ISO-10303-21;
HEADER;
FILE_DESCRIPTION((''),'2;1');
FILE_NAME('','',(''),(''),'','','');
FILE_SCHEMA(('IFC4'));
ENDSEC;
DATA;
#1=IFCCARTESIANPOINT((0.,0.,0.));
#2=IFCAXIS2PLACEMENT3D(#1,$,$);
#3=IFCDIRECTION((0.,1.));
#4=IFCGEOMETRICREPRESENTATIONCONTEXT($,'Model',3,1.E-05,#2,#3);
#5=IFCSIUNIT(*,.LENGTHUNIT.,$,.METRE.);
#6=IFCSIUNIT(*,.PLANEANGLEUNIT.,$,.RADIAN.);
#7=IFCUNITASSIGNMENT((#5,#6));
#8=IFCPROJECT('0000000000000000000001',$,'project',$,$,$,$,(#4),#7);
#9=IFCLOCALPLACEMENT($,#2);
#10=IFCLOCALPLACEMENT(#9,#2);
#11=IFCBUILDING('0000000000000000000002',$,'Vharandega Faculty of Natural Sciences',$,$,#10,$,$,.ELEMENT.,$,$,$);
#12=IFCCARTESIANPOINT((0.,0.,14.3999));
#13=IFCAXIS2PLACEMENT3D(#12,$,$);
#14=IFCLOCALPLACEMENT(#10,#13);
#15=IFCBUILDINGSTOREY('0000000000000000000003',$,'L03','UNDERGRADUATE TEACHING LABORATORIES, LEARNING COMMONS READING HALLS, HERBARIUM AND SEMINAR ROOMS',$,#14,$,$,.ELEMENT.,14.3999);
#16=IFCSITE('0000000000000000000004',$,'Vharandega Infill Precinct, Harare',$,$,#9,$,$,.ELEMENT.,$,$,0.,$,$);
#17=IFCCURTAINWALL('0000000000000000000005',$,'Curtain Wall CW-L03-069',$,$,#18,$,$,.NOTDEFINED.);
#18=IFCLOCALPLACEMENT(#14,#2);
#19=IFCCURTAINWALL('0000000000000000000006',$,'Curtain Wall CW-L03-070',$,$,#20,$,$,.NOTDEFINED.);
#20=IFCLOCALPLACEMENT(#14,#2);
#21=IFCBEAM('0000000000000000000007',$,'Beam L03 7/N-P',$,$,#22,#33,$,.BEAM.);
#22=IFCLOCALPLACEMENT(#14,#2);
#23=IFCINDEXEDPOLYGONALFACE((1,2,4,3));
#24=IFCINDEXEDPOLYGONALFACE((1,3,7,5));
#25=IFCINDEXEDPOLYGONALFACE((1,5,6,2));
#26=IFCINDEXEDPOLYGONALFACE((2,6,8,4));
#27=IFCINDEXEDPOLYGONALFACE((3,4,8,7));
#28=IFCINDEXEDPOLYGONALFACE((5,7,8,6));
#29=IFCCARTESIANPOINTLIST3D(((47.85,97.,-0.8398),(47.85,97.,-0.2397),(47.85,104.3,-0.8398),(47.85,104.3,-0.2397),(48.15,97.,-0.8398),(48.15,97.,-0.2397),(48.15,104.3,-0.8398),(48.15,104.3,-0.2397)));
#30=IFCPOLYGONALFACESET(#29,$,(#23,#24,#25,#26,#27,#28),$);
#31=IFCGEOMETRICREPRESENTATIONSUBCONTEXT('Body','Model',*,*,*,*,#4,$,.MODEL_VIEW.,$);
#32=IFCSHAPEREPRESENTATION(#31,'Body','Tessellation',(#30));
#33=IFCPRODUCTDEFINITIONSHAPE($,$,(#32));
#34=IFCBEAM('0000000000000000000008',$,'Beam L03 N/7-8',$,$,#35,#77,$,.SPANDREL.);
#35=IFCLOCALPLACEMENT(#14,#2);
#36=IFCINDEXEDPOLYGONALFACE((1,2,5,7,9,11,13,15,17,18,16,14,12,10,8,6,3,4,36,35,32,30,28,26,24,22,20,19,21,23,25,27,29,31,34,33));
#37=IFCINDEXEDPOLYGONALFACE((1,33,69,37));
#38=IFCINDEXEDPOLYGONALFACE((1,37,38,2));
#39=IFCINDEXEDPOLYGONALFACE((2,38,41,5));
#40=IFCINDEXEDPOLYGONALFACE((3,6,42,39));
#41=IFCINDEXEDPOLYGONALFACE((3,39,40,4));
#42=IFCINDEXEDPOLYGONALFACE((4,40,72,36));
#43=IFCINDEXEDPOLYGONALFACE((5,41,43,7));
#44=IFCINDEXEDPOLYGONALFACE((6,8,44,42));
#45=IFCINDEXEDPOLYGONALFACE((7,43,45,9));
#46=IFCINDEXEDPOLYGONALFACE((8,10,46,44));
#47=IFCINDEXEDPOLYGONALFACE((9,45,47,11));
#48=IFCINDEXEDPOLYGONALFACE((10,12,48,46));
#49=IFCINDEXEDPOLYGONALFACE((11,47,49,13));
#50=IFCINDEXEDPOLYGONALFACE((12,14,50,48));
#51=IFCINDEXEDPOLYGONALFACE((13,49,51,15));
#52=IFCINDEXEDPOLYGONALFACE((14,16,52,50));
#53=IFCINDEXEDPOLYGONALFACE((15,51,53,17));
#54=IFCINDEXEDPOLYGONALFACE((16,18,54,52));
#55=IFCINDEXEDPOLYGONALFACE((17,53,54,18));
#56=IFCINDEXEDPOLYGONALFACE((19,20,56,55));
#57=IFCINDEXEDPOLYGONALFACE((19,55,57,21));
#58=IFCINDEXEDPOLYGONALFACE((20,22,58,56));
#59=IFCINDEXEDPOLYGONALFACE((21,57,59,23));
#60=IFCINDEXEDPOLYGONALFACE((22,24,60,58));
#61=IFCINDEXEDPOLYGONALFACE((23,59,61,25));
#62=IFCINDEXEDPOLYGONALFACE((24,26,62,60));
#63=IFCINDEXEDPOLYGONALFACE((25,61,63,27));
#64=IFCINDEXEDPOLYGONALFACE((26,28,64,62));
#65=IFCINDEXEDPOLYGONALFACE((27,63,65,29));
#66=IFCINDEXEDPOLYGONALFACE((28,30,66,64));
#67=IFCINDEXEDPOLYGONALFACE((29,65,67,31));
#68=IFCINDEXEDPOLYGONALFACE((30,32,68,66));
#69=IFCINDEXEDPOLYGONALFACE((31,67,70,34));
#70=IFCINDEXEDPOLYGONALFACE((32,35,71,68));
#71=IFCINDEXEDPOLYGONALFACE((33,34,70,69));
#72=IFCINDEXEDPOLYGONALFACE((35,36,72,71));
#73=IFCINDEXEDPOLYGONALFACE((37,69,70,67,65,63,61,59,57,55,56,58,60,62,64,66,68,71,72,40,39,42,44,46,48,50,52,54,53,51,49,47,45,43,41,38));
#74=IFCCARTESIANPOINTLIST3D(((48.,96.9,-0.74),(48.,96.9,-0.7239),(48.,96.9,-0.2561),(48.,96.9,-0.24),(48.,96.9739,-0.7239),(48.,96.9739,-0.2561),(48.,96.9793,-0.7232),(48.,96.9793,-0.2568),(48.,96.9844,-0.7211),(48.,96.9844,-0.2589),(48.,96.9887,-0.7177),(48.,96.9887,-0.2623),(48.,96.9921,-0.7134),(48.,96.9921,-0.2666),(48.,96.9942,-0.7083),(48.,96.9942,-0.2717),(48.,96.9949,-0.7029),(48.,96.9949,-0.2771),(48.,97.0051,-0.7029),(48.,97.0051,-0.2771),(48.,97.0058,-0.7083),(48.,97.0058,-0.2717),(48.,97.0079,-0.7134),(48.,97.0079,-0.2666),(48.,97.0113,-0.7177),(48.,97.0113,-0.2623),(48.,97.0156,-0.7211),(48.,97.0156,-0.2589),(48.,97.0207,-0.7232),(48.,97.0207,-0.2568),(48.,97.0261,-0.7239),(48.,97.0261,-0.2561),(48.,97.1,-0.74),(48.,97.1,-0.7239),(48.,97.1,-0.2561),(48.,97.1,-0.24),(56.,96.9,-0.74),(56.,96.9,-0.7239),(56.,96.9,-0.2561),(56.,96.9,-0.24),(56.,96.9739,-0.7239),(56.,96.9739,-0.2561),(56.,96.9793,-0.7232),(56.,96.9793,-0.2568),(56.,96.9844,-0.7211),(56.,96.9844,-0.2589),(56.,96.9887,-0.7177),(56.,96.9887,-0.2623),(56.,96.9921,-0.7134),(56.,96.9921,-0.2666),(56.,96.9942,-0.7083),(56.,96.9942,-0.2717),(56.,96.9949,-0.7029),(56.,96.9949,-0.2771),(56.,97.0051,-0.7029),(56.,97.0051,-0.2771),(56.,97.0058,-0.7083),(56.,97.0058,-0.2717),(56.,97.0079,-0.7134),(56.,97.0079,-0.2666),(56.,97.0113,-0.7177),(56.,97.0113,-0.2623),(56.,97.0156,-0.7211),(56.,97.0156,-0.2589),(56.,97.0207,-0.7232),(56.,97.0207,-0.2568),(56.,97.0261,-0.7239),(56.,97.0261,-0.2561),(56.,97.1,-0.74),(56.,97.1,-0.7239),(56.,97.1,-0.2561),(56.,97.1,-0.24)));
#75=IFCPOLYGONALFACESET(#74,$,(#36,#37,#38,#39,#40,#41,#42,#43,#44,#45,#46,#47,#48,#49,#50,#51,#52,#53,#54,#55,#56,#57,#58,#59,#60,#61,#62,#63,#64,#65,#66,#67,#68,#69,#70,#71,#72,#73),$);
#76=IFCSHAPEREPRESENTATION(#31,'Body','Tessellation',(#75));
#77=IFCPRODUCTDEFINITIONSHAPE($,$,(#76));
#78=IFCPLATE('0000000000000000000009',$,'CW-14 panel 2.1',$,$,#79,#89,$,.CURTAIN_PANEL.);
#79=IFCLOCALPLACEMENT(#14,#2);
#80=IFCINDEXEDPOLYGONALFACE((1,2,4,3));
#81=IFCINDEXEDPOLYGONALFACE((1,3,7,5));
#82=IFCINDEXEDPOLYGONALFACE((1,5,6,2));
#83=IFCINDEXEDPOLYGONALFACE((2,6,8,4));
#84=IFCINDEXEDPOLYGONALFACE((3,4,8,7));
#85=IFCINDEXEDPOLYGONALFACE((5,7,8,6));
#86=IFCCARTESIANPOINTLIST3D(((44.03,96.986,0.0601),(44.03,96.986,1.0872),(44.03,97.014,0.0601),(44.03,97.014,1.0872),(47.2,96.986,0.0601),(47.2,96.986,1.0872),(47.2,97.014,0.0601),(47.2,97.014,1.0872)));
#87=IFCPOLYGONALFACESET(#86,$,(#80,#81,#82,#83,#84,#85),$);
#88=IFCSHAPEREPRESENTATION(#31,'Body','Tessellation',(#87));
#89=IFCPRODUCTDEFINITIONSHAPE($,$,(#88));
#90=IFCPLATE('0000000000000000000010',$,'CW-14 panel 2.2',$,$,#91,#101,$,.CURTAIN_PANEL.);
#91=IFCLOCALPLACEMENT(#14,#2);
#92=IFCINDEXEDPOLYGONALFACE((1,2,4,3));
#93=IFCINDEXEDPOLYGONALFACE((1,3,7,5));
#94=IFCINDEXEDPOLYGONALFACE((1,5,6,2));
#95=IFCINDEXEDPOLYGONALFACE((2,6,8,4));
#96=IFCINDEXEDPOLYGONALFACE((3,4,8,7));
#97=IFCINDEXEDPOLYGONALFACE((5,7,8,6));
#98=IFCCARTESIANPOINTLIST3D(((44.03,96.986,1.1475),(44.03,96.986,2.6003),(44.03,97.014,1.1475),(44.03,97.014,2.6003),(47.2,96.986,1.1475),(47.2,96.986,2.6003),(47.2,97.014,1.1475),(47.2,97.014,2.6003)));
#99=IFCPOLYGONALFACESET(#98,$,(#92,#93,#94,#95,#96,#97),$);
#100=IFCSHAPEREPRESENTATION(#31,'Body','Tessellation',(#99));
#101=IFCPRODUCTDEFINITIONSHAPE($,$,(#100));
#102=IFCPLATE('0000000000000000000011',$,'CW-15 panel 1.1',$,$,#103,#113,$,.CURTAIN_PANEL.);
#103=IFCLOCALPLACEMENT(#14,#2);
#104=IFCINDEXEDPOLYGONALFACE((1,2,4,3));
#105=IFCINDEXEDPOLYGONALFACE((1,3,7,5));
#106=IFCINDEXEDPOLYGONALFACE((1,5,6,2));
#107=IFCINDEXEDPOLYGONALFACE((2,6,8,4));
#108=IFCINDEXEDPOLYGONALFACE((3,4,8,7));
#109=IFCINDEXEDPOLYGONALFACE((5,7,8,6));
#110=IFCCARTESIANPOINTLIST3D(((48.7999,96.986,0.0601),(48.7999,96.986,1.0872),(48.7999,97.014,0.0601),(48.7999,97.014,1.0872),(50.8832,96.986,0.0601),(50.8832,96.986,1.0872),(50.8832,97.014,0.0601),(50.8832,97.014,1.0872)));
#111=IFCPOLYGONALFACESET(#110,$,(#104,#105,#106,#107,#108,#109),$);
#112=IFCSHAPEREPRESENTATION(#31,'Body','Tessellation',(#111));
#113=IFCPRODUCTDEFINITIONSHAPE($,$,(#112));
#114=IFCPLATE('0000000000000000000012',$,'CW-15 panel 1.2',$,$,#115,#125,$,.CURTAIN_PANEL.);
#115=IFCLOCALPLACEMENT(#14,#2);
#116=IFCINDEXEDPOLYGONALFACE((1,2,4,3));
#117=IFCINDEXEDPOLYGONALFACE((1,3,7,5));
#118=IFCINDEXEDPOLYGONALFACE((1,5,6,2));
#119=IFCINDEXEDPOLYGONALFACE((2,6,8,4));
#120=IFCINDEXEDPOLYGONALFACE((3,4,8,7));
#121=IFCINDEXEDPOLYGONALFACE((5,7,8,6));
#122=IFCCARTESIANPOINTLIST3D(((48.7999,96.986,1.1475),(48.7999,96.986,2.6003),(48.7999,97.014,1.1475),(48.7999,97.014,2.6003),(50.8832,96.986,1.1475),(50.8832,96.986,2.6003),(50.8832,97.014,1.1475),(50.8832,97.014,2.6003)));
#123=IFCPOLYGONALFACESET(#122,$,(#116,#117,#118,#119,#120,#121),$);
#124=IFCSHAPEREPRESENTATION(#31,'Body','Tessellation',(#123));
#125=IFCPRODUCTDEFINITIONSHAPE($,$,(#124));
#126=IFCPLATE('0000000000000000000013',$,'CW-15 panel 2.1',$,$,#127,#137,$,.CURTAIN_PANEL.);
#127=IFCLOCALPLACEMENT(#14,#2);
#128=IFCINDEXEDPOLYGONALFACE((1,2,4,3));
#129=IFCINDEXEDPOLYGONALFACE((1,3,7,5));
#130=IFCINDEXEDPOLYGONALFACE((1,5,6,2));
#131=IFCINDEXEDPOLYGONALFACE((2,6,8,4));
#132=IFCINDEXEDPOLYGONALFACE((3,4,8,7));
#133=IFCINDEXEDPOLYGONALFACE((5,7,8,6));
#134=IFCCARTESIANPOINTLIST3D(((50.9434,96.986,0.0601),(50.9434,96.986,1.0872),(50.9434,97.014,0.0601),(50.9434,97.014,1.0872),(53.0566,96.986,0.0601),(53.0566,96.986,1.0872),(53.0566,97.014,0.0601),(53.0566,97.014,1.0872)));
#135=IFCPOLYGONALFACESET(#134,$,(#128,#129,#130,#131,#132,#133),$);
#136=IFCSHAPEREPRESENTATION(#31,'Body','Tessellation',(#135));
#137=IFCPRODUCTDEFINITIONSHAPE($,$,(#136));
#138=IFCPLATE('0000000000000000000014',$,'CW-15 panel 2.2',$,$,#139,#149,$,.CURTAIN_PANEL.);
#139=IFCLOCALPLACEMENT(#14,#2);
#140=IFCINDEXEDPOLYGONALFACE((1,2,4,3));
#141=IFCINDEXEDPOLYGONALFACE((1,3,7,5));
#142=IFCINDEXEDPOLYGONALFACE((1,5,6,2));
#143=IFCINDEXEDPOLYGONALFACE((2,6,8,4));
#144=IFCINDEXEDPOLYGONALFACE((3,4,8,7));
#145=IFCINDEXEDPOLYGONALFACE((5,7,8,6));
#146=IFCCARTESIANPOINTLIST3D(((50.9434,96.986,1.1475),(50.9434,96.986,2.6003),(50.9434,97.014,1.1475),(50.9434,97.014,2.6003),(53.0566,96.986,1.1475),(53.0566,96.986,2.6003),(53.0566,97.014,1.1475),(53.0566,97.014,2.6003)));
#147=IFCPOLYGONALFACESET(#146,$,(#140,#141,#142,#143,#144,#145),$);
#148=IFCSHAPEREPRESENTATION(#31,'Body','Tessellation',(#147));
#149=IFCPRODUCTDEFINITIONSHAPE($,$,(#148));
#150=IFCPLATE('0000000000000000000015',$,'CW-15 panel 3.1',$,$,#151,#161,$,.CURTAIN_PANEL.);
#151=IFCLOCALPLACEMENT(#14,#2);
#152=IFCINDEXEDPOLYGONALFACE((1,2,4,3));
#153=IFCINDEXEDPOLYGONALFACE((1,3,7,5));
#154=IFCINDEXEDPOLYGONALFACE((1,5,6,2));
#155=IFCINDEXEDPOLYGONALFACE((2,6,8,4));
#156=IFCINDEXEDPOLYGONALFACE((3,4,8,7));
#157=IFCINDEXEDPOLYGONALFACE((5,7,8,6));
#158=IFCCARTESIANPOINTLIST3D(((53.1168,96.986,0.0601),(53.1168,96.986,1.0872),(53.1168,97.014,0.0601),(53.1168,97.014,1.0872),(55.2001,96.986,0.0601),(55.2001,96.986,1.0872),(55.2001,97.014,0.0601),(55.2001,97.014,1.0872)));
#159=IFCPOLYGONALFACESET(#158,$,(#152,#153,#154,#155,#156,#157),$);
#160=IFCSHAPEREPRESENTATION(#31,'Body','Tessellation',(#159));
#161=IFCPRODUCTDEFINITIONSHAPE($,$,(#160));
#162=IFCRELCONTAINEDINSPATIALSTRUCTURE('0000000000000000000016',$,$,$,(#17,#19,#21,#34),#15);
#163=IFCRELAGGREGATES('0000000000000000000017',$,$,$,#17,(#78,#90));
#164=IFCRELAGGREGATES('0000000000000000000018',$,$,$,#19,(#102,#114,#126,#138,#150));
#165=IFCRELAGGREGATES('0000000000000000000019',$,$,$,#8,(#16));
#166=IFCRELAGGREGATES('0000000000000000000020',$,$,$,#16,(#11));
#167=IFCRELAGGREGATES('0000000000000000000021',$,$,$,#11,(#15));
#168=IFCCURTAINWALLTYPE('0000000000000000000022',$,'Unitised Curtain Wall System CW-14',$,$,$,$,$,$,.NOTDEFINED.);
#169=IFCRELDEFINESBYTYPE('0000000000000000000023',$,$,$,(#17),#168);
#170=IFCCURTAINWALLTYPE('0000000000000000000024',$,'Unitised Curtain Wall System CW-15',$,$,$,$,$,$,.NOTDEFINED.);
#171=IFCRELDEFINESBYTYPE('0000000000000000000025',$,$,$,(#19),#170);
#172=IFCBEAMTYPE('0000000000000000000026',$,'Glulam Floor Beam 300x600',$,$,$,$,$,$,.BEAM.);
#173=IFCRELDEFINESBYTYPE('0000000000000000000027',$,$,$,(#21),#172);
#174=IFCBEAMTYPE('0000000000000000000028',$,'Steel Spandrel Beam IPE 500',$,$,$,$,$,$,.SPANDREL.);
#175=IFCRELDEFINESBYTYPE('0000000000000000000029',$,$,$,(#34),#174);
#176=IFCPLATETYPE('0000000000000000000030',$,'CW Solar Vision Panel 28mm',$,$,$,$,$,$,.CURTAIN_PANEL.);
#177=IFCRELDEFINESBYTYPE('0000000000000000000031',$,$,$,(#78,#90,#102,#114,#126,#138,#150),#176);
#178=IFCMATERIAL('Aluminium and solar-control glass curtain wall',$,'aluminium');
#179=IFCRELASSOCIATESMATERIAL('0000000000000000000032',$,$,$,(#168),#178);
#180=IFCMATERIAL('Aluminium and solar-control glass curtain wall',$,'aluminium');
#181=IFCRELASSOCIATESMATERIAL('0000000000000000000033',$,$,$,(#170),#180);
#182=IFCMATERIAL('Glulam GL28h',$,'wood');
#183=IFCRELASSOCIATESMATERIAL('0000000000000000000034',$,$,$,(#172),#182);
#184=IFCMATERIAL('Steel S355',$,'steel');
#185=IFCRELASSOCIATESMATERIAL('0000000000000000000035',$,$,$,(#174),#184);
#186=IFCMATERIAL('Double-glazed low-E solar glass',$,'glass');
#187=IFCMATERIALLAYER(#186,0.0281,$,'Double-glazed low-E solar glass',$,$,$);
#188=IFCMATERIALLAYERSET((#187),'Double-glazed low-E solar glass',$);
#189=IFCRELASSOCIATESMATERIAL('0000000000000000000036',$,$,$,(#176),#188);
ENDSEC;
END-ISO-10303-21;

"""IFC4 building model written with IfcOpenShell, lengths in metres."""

from ifc_helpers import new_model, si_unit, direction, frame, origin, origin_2d, place, context, subcontext, project, spatial, rectangle, i_section, extrude, material, layer, layer_set, material_profile, profile_set, type_object, element, aggregate, save


model = new_model("IFC4")

# Units and contexts
model_context = context("Model", 3, precision=1e-05, world=origin(), true_north=direction((0.0, 1.0)))
body_context = subcontext(model_context, "Body", "Model", "MODEL_VIEW")
ifc_project = project(units=[si_unit("LENGTHUNIT", "METRE"), si_unit("PLANEANGLEUNIT", "RADIAN")], contexts=[model_context])

# Site, building, storey
site_placement = place(None, origin())
site = spatial("IfcSite", under=ifc_project, at=site_placement, Name="Vharandega Infill Precinct, Harare", CompositionType="ELEMENT", RefElevation=0.0)
building_placement = place(site_placement, origin())
building = spatial("IfcBuilding", under=site, at=building_placement, Name="Vharandega Faculty of Natural Sciences", CompositionType="ELEMENT")
storey_placement = place(building_placement, frame((0.0, 0.0, 14.3999)))
storey = spatial("IfcBuildingStorey", under=building, at=storey_placement, Name="L03", Description="UNDERGRADUATE TEACHING LABORATORIES, LEARNING COMMONS READING HALLS, HERBARIUM AND SEMINAR ROOMS", CompositionType="ELEMENT", Elevation=14.3999)

# Curtain wall
ifc_material_1 = material(Name="Aluminium and solar-control glass curtain wall", Category="aluminium")
curtain_wall_type_1 = type_object("IfcCurtainWallType", Name="Unitised Curtain Wall System CW-14", PredefinedType="NOTDEFINED", material=ifc_material_1)
curtain_wall_1_placement = place(storey_placement, origin())
curtain_wall_1 = element("IfcCurtainWall", 1, at=curtain_wall_1_placement, inside=storey, type_object=curtain_wall_type_1, Name="Curtain Wall CW-L03-069", PredefinedType="NOTDEFINED")

# Curtain wall
ifc_material_2 = material(Name="Aluminium and solar-control glass curtain wall", Category="aluminium")
curtain_wall_type_2 = type_object("IfcCurtainWallType", Name="Unitised Curtain Wall System CW-15", PredefinedType="NOTDEFINED", material=ifc_material_2)
curtain_wall_2_placement = place(storey_placement, origin())
curtain_wall_2 = element("IfcCurtainWall", 2, at=curtain_wall_2_placement, inside=storey, type_object=curtain_wall_type_2, Name="Curtain Wall CW-L03-070", PredefinedType="NOTDEFINED")

# Beams
ifc_material_3 = material(Name="Glulam GL28h", Category="wood")
ifc_material_profile_1 = material_profile(ifc_material_3, rectangle(XDim=0.3, YDim=0.6001, at=origin_2d()), Name="GL28h 300x600")
ifc_profile_set_1 = profile_set([ifc_material_profile_1], Name="Glulam GL28h")
beam_type_1 = type_object("IfcBeamType", Name="Glulam Floor Beam 300x600", PredefinedType="BEAM", material=ifc_profile_set_1)
beam_1_placement = place(storey_placement, frame((48.0, 97.0, -0.5398), z_axis=(0.0, 1.0, 0.0), x_axis=(-1.0, 0.0, 0.0)))
element("IfcBeam", 3, at=beam_1_placement, inside=storey, type_object=beam_type_1, Name="Beam L03 7/N-P", PredefinedType="BEAM", context=body_context, shape_type="SweptSolid", body=[
    extrude(rectangle(XDim=0.3, YDim=0.6001, at=origin_2d()), origin(), (0.0, 0.0, 1.0), 7.3),
])
ifc_material_4 = material(Name="Steel S355", Category="steel")
ifc_material_profile_2 = material_profile(ifc_material_4, i_section(OverallWidth=0.2, OverallDepth=0.5, WebThickness=0.0103, FlangeThickness=0.0161, FilletRadius=0.021, at=origin_2d()), Name="IPE 500")
ifc_profile_set_2 = profile_set([ifc_material_profile_2], Name="Steel S355")
beam_type_2 = type_object("IfcBeamType", Name="Steel Spandrel Beam IPE 500", PredefinedType="SPANDREL", material=ifc_profile_set_2)
beam_2_placement = place(storey_placement, frame((48.0, 97.0, -0.49), z_axis=(1.0, 0.0, 0.0), x_axis=(0.0, 1.0, 0.0)))
element("IfcBeam", 4, at=beam_2_placement, inside=storey, type_object=beam_type_2, Name="Beam L03 N/7-8", PredefinedType="SPANDREL", context=body_context, shape_type="SweptSolid", body=[
    extrude(i_section(OverallWidth=0.2, OverallDepth=0.5, WebThickness=0.0103, FlangeThickness=0.0161, FilletRadius=0.021, at=origin_2d()), origin(), (0.0, 0.0, 1.0), 8.0),
])

# Plates
ifc_material_5 = material(Name="Double-glazed low-E solar glass", Category="glass")
ifc_layer = layer(ifc_material_5, 0.0281, Name="Double-glazed low-E solar glass")
ifc_layer_set = layer_set([ifc_layer], Name="Double-glazed low-E solar glass")
plate_type = type_object("IfcPlateType", Name="CW Solar Vision Panel 28mm", PredefinedType="CURTAIN_PANEL", material=ifc_layer_set)
plate_1_placement = place(storey_placement, frame((45.615, 97.0, 0.0601), z_axis=(0.0, 0.0, 1.0), x_axis=(1.0, 0.0, 0.0)))
plate_1 = element("IfcPlate", 5, at=plate_1_placement, type_object=plate_type, Name="CW-14 panel 2.1", PredefinedType="CURTAIN_PANEL", context=body_context, shape_type="SweptSolid", body=[
    extrude(rectangle(XDim=3.1699, YDim=0.0281, at=origin_2d()), origin(), (0.0, 0.0, 1.0), 1.0271),
])
plate_2_placement = place(storey_placement, frame((45.615, 97.0, 1.1475), z_axis=(0.0, 0.0, 1.0), x_axis=(1.0, 0.0, 0.0)))
plate_2 = element("IfcPlate", 6, at=plate_2_placement, type_object=plate_type, Name="CW-14 panel 2.2", PredefinedType="CURTAIN_PANEL", context=body_context, shape_type="SweptSolid", body=[
    extrude(rectangle(XDim=3.1699, YDim=0.0281, at=origin_2d()), origin(), (0.0, 0.0, 1.0), 1.4529),
])
aggregate(curtain_wall_1, [plate_1, plate_2])
plate_3_placement = place(storey_placement, frame((49.8416, 97.0, 0.0601), z_axis=(0.0, 0.0, 1.0), x_axis=(1.0, 0.0, 0.0)))
plate_3 = element("IfcPlate", 7, at=plate_3_placement, type_object=plate_type, Name="CW-15 panel 1.1", PredefinedType="CURTAIN_PANEL", context=body_context, shape_type="SweptSolid", body=[
    extrude(rectangle(XDim=2.0833, YDim=0.0281, at=origin_2d()), origin(), (0.0, 0.0, 1.0), 1.0271),
])
plate_4_placement = place(storey_placement, frame((49.8416, 97.0, 1.1475), z_axis=(0.0, 0.0, 1.0), x_axis=(1.0, 0.0, 0.0)))
plate_4 = element("IfcPlate", 8, at=plate_4_placement, type_object=plate_type, Name="CW-15 panel 1.2", PredefinedType="CURTAIN_PANEL", context=body_context, shape_type="SweptSolid", body=[
    extrude(rectangle(XDim=2.0833, YDim=0.0281, at=origin_2d()), origin(), (0.0, 0.0, 1.0), 1.4529),
])
plate_5_placement = place(storey_placement, frame((52.0, 97.0, 0.0601), z_axis=(0.0, 0.0, 1.0), x_axis=(1.0, 0.0, 0.0)))
plate_5 = element("IfcPlate", 9, at=plate_5_placement, type_object=plate_type, Name="CW-15 panel 2.1", PredefinedType="CURTAIN_PANEL", context=body_context, shape_type="SweptSolid", body=[
    extrude(rectangle(XDim=2.1133, YDim=0.0281, at=origin_2d()), origin(), (0.0, 0.0, 1.0), 1.0271),
])
plate_6_placement = place(storey_placement, frame((52.0, 97.0, 1.1475), z_axis=(0.0, 0.0, 1.0), x_axis=(1.0, 0.0, 0.0)))
plate_6 = element("IfcPlate", 10, at=plate_6_placement, type_object=plate_type, Name="CW-15 panel 2.2", PredefinedType="CURTAIN_PANEL", context=body_context, shape_type="SweptSolid", body=[
    extrude(rectangle(XDim=2.1133, YDim=0.0281, at=origin_2d()), origin(), (0.0, 0.0, 1.0), 1.4529),
])
plate_7_placement = place(storey_placement, frame((54.1584, 97.0, 0.0601), z_axis=(0.0, 0.0, 1.0), x_axis=(1.0, 0.0, 0.0)))
plate_7 = element("IfcPlate", 11, at=plate_7_placement, type_object=plate_type, Name="CW-15 panel 3.1", PredefinedType="CURTAIN_PANEL", context=body_context, shape_type="SweptSolid", body=[
    extrude(rectangle(XDim=2.0833, YDim=0.0281, at=origin_2d()), origin(), (0.0, 0.0, 1.0), 1.0271),
])
aggregate(curtain_wall_2, [plate_3, plate_4, plate_5, plate_6, plate_7])

save(model, "model.ifc")
